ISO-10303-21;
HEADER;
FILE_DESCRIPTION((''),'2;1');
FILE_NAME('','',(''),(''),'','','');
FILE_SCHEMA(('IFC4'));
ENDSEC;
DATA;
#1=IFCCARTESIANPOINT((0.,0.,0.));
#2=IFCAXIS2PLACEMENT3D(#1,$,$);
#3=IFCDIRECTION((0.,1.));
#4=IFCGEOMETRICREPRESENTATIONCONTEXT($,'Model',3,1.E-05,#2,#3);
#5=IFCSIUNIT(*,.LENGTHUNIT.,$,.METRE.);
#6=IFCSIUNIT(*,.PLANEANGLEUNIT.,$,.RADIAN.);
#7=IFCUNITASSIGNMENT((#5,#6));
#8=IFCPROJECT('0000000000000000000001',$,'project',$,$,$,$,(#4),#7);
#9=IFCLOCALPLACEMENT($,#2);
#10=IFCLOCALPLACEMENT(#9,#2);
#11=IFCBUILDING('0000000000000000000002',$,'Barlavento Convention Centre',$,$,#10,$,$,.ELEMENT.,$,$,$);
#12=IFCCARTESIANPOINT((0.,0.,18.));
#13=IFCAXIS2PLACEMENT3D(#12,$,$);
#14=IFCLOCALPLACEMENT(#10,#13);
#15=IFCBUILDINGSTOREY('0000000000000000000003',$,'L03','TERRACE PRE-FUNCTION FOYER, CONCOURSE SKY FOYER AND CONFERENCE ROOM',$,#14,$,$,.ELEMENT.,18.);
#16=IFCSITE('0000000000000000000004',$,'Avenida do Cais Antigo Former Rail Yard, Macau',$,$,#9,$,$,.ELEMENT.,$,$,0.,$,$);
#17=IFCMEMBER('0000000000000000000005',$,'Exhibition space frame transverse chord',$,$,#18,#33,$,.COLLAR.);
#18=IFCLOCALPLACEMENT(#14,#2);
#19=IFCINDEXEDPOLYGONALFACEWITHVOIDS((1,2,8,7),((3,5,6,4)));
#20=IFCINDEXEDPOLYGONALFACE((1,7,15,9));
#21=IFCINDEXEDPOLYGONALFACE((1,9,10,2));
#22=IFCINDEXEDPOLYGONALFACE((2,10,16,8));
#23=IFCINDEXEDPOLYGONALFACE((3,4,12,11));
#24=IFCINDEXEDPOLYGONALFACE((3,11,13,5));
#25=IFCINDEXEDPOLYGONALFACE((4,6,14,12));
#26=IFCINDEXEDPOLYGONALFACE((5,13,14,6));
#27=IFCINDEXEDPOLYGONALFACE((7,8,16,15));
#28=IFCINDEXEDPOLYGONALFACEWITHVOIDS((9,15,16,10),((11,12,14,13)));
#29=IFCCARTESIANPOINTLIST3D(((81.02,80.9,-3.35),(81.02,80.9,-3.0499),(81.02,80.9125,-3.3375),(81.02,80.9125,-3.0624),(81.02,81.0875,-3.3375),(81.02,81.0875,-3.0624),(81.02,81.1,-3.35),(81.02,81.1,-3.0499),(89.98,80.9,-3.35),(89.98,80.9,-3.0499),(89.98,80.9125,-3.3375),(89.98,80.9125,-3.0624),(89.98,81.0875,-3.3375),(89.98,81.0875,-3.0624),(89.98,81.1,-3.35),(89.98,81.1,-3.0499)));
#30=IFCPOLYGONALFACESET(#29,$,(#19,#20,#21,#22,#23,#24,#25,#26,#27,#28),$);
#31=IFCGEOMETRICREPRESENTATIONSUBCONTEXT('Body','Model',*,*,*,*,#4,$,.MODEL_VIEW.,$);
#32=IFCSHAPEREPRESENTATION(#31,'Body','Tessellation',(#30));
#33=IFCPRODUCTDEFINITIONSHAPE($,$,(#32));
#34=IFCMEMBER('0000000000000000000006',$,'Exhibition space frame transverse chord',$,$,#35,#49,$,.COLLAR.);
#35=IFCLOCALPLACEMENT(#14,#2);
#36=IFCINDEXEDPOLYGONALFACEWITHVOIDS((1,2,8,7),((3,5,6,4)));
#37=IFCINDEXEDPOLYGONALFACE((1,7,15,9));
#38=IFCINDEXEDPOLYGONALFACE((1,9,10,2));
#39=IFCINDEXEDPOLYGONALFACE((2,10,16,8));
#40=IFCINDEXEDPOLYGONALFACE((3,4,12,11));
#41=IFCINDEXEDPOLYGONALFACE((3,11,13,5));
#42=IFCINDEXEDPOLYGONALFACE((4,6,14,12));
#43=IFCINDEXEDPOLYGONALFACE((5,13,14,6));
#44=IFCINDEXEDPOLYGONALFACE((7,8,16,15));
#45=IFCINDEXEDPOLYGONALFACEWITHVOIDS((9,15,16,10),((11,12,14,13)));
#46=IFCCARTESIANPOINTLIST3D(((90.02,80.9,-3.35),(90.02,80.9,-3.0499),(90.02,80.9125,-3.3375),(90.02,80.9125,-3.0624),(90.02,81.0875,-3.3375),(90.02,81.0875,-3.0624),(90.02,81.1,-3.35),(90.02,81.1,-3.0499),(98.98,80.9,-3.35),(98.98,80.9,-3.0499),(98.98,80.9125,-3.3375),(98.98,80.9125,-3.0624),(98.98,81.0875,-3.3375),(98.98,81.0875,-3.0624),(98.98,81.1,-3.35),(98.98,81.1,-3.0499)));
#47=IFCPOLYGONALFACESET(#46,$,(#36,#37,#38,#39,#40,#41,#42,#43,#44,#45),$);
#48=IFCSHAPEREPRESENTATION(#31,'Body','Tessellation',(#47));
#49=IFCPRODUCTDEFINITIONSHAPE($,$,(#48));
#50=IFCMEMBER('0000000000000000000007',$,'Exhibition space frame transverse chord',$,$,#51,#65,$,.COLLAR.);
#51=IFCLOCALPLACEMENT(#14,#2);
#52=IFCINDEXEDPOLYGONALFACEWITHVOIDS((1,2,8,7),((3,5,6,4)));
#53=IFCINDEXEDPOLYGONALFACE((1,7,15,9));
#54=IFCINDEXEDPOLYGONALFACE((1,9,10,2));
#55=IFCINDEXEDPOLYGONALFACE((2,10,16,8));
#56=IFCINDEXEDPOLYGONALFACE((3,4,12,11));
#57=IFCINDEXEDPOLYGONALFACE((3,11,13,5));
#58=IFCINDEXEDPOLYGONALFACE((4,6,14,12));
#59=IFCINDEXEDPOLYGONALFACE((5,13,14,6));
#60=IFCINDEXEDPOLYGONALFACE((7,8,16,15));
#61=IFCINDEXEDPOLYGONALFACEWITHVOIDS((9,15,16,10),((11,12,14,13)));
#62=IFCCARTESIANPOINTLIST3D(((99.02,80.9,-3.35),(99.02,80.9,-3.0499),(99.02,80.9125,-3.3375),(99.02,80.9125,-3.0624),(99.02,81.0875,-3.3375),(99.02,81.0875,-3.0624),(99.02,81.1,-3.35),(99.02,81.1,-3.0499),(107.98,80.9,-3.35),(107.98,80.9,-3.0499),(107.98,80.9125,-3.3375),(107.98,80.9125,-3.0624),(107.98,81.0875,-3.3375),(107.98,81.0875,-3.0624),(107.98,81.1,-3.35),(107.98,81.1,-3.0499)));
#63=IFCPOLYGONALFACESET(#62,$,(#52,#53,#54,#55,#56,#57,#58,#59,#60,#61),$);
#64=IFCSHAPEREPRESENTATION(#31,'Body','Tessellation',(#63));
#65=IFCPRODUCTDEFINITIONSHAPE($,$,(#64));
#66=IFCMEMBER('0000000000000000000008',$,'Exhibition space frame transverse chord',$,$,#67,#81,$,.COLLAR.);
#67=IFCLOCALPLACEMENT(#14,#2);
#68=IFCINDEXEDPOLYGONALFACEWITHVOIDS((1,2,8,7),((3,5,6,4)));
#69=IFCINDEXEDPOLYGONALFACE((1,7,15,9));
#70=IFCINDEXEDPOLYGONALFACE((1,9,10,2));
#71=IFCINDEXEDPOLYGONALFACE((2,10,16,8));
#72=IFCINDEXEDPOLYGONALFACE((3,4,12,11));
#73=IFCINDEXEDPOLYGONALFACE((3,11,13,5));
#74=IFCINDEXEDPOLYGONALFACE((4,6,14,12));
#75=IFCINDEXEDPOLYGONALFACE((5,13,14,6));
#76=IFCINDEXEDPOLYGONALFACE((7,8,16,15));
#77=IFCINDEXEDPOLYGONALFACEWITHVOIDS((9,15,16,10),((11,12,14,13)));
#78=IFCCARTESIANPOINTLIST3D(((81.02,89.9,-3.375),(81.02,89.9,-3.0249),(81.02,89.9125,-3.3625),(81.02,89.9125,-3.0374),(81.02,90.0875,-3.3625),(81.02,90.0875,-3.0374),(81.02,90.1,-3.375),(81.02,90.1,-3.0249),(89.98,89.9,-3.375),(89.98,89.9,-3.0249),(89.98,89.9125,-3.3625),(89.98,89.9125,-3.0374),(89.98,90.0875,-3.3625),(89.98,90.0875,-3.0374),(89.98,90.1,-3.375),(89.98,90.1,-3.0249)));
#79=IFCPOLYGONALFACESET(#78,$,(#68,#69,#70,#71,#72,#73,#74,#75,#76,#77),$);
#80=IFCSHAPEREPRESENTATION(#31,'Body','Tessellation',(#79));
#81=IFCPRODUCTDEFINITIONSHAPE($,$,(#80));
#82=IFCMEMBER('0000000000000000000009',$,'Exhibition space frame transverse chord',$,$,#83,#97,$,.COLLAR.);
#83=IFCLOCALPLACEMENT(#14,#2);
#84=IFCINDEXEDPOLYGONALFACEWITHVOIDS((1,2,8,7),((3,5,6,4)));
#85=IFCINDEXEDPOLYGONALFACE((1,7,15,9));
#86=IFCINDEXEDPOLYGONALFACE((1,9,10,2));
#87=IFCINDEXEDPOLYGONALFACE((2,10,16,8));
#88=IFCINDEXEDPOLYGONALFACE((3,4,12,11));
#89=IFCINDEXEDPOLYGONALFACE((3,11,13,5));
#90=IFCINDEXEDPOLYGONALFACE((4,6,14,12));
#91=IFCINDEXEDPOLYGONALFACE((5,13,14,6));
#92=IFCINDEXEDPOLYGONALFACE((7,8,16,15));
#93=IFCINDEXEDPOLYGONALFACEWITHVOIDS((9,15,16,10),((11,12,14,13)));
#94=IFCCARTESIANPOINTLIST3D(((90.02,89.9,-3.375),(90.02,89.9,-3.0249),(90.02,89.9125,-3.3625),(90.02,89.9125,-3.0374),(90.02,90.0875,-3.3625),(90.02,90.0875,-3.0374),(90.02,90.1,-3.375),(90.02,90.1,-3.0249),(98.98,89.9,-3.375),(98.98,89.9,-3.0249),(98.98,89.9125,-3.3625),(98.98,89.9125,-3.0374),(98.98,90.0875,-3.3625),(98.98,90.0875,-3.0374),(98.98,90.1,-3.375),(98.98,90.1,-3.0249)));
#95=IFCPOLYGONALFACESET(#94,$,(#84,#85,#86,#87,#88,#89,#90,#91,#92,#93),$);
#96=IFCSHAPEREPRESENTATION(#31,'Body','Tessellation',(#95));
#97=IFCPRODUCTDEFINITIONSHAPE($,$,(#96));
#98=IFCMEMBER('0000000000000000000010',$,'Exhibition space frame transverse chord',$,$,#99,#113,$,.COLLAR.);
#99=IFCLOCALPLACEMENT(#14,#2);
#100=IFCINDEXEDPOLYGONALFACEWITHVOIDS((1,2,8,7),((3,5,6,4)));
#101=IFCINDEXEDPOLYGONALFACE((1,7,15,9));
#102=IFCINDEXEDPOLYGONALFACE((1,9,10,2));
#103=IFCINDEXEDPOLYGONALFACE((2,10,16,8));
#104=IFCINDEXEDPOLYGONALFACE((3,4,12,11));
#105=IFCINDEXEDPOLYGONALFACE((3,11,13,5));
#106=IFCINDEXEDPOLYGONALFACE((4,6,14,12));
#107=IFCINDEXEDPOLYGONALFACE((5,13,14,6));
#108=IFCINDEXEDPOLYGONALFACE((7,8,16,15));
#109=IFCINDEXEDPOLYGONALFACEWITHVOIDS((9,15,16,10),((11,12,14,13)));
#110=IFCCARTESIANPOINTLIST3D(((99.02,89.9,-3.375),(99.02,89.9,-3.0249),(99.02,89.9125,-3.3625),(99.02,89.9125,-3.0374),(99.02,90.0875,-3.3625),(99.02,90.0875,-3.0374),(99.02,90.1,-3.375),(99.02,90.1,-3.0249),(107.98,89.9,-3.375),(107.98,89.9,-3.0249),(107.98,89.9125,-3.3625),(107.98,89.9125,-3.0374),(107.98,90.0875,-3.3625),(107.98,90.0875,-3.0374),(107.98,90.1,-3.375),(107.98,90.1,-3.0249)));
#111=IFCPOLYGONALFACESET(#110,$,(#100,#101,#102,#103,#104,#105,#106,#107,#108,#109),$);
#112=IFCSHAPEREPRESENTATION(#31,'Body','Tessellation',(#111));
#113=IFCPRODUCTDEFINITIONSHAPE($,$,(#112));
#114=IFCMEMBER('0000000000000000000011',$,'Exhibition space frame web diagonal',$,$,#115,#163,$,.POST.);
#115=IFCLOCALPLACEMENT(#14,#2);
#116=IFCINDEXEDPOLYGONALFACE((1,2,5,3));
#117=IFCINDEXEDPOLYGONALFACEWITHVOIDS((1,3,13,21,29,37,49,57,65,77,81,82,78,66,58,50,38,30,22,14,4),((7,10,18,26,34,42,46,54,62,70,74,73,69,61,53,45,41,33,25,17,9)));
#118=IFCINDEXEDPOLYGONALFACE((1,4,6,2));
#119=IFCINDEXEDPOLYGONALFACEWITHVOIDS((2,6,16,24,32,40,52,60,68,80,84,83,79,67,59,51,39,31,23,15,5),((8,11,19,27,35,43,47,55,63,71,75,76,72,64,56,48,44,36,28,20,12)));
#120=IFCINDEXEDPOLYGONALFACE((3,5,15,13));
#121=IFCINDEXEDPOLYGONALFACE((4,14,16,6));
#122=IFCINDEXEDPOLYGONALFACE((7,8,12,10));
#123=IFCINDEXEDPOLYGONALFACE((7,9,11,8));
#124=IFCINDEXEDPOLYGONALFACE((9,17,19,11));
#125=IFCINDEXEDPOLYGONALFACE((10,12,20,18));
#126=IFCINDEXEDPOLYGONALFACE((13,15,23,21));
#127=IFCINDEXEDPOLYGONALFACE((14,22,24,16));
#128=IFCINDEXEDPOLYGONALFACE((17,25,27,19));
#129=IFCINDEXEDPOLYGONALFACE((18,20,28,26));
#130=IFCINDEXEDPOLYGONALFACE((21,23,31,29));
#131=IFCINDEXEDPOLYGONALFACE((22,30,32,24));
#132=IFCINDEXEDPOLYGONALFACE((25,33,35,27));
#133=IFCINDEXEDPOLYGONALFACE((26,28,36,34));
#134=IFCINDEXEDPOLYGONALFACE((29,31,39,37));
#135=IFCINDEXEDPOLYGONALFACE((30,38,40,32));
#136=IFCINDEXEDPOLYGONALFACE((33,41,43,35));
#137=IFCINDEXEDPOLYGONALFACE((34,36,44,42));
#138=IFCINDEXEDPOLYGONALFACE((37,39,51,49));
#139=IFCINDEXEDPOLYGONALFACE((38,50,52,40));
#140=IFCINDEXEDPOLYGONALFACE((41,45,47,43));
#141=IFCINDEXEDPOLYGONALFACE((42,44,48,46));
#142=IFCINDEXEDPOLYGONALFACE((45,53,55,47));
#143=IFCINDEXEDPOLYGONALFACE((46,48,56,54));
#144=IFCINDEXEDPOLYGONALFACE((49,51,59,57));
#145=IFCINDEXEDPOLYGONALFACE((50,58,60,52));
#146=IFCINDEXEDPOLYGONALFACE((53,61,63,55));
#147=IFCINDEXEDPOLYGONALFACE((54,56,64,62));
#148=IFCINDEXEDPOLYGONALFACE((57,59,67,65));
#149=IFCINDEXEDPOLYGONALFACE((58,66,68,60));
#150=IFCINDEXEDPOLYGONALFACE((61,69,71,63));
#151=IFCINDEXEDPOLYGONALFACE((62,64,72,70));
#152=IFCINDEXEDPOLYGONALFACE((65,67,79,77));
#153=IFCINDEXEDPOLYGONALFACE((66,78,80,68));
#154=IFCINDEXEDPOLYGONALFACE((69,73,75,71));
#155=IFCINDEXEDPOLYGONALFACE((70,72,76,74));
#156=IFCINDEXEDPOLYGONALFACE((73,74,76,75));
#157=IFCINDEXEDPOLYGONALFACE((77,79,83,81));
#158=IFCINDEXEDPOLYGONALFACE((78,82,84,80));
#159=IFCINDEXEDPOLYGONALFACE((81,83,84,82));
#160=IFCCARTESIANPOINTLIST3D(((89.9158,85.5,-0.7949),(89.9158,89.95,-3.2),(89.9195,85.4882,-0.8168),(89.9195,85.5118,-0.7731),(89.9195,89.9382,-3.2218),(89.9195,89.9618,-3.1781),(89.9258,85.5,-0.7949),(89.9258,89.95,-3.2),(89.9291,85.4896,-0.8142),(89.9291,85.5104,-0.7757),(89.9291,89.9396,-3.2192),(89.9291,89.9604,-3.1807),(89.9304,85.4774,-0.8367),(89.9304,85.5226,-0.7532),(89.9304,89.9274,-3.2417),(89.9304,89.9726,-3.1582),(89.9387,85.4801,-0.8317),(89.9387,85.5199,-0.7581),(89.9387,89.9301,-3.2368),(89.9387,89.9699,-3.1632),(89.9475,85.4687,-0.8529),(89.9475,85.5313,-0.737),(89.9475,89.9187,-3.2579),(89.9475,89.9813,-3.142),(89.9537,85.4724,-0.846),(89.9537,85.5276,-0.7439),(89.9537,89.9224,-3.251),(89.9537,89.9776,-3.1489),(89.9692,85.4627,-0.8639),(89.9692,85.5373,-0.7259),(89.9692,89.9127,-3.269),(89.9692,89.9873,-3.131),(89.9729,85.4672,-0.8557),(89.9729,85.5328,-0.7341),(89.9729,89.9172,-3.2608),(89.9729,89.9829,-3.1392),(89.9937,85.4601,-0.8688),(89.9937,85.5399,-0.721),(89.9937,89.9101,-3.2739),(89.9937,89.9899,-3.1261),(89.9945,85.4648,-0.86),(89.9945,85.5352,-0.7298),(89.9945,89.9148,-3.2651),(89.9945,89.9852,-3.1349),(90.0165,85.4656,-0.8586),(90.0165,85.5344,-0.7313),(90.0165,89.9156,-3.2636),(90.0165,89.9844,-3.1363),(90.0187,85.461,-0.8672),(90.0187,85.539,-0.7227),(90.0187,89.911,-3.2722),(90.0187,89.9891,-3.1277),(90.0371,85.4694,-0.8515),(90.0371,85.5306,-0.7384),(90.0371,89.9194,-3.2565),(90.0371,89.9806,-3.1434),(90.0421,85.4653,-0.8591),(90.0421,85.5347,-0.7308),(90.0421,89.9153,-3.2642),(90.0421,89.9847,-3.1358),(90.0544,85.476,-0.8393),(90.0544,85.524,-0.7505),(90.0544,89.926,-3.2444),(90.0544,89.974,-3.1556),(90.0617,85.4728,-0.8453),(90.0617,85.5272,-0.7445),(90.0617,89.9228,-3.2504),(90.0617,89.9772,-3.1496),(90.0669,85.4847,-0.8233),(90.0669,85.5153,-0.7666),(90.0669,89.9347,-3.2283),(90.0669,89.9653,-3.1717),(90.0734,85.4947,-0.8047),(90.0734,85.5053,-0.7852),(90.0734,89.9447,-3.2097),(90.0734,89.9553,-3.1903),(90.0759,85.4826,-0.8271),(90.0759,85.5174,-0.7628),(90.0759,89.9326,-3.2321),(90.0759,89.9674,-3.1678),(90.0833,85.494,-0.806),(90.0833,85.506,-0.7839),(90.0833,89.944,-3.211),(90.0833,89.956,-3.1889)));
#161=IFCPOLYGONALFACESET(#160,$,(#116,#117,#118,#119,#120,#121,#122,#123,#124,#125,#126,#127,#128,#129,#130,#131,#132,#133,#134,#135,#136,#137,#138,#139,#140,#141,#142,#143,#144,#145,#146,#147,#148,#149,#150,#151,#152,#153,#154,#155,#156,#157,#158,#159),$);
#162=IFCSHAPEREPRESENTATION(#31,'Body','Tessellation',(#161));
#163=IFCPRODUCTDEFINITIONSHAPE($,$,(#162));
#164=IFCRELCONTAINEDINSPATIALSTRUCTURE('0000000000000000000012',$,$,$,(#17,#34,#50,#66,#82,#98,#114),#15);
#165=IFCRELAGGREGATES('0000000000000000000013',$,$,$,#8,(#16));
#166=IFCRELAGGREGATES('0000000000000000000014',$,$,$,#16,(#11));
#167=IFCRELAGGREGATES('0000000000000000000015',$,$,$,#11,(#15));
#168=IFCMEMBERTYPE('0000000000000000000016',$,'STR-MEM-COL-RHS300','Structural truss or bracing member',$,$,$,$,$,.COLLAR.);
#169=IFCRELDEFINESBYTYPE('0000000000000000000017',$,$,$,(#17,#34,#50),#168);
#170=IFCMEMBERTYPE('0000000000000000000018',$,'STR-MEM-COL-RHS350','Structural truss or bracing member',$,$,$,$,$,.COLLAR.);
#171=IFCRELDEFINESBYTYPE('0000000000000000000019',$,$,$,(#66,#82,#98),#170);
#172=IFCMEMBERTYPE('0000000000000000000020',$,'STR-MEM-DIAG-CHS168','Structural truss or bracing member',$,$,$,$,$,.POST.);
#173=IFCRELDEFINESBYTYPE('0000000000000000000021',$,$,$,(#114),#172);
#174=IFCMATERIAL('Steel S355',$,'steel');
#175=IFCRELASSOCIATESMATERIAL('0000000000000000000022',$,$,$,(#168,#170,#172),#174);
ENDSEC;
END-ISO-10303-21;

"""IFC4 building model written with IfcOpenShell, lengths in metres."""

from ifc_helpers import new_model, si_unit, direction, frame, origin, origin_2d, place, context, subcontext, project, spatial, hollow_rectangle, hollow_circle, extrude, material, material_profile, profile_set, type_object, element, save


model = new_model("IFC4")

# Units and contexts
model_context = context("Model", 3, precision=1e-05, world=origin(), true_north=direction((0.0, 1.0)))
body_context = subcontext(model_context, "Body", "Model", "MODEL_VIEW")
ifc_project = project(units=[si_unit("LENGTHUNIT", "METRE"), si_unit("PLANEANGLEUNIT", "RADIAN")], contexts=[model_context])

# Site, building, storey
site_placement = place(None, origin())
site = spatial("IfcSite", under=ifc_project, at=site_placement, Name="Avenida do Cais Antigo Former Rail Yard, Macau", CompositionType="ELEMENT", RefElevation=0.0)
building_placement = place(site_placement, origin())
building = spatial("IfcBuilding", under=site, at=building_placement, Name="Barlavento Convention Centre", CompositionType="ELEMENT")
storey_placement = place(building_placement, frame((0.0, 0.0, 18.0)))
storey = spatial("IfcBuildingStorey", under=building, at=storey_placement, Name="L03", Description="TERRACE PRE-FUNCTION FOYER, CONCOURSE SKY FOYER AND CONFERENCE ROOM", CompositionType="ELEMENT", Elevation=18.0)

# Members
ifc_material_1 = material(Name="Steel S355", Category="steel")
ifc_material_profile_1 = material_profile(ifc_material_1, hollow_rectangle(XDim=0.2, YDim=0.3, WallThickness=0.0125, at=origin_2d()), Name="RHS 300x200x12.5")
ifc_profile_set_1 = profile_set([ifc_material_profile_1], Name="Steel S355")
member_type_1 = type_object("IfcMemberType", Name="STR-MEM-COL-RHS300", Description="Structural truss or bracing member", PredefinedType="COLLAR", material=ifc_profile_set_1)
for number, where, z_axis, x_axis, name in (
    (1, (81.02, 81.0, -3.2), (1.0, 0.0, 0.0), (0.0, 1.0, 0.0), "Exhibition space frame transverse chord"),
    (2, (90.02, 81.0, -3.2), (1.0, 0.0, 0.0), (0.0, 1.0, 0.0), "Exhibition space frame transverse chord"),
    (3, (99.02, 81.0, -3.2), (1.0, 0.0, 0.0), (0.0, 1.0, 0.0), "Exhibition space frame transverse chord"),
):
    element("IfcMember", number, at=place(storey_placement, frame(where, z_axis=z_axis, x_axis=x_axis)), inside=storey, type_object=member_type_1, Name=name, PredefinedType="COLLAR", context=body_context, shape_type="SweptSolid", body=[
        extrude(hollow_rectangle(XDim=0.2, YDim=0.3, WallThickness=0.0125, at=origin_2d()), origin(), (0.0, 0.0, 1.0), 8.96),
    ])
ifc_material_profile_2 = material_profile(ifc_material_1, hollow_rectangle(XDim=0.2, YDim=0.3501, WallThickness=0.0125, at=origin_2d()), Name="RHS 350x200x12.5")
ifc_profile_set_2 = profile_set([ifc_material_profile_2], Name="Steel S355")
member_type_2 = type_object("IfcMemberType", Name="STR-MEM-COL-RHS350", Description="Structural truss or bracing member", PredefinedType="COLLAR", material=ifc_profile_set_2)
for number, where, z_axis, x_axis, name in (
    (4, (81.02, 90.0, -3.2), (1.0, 0.0, 0.0), (0.0, 1.0, 0.0), "Exhibition space frame transverse chord"),
    (5, (90.02, 90.0, -3.2), (1.0, 0.0, 0.0), (0.0, 1.0, 0.0), "Exhibition space frame transverse chord"),
    (6, (99.02, 90.0, -3.2), (1.0, 0.0, 0.0), (0.0, 1.0, 0.0), "Exhibition space frame transverse chord"),
):
    element("IfcMember", number, at=place(storey_placement, frame(where, z_axis=z_axis, x_axis=x_axis)), inside=storey, type_object=member_type_2, Name=name, PredefinedType="COLLAR", context=body_context, shape_type="SweptSolid", body=[
        extrude(hollow_rectangle(XDim=0.2, YDim=0.3501, WallThickness=0.0125, at=origin_2d()), origin(), (0.0, 0.0, 1.0), 8.96),
    ])
ifc_material_profile_3 = material_profile(ifc_material_1, hollow_circle(Radius=0.0842, WallThickness=0.01, at=origin_2d()), Name="CHS 168.3x10.0")
ifc_profile_set_3 = profile_set([ifc_material_profile_3], Name="Steel S355")
member_type_3 = type_object("IfcMemberType", Name="STR-MEM-DIAG-CHS168", Description="Structural truss or bracing member", PredefinedType="POST", material=ifc_profile_set_3)
for number, where, z_axis, x_axis, name in (
    (7, (90.0, 85.5, -0.7949), (0.0, 0.879735, -0.475464), (-1.0, 0.0, 0.0), "Exhibition space frame web diagonal"),
):
    element("IfcMember", number, at=place(storey_placement, frame(where, z_axis=z_axis, x_axis=x_axis)), inside=storey, type_object=member_type_3, Name=name, PredefinedType="POST", context=body_context, shape_type="SweptSolid", body=[
        extrude(hollow_circle(Radius=0.0842, WallThickness=0.01, at=origin_2d()), origin(), (0.0, 0.0, 1.0), 5.0583),
    ])

save(model, "model.ifc")
